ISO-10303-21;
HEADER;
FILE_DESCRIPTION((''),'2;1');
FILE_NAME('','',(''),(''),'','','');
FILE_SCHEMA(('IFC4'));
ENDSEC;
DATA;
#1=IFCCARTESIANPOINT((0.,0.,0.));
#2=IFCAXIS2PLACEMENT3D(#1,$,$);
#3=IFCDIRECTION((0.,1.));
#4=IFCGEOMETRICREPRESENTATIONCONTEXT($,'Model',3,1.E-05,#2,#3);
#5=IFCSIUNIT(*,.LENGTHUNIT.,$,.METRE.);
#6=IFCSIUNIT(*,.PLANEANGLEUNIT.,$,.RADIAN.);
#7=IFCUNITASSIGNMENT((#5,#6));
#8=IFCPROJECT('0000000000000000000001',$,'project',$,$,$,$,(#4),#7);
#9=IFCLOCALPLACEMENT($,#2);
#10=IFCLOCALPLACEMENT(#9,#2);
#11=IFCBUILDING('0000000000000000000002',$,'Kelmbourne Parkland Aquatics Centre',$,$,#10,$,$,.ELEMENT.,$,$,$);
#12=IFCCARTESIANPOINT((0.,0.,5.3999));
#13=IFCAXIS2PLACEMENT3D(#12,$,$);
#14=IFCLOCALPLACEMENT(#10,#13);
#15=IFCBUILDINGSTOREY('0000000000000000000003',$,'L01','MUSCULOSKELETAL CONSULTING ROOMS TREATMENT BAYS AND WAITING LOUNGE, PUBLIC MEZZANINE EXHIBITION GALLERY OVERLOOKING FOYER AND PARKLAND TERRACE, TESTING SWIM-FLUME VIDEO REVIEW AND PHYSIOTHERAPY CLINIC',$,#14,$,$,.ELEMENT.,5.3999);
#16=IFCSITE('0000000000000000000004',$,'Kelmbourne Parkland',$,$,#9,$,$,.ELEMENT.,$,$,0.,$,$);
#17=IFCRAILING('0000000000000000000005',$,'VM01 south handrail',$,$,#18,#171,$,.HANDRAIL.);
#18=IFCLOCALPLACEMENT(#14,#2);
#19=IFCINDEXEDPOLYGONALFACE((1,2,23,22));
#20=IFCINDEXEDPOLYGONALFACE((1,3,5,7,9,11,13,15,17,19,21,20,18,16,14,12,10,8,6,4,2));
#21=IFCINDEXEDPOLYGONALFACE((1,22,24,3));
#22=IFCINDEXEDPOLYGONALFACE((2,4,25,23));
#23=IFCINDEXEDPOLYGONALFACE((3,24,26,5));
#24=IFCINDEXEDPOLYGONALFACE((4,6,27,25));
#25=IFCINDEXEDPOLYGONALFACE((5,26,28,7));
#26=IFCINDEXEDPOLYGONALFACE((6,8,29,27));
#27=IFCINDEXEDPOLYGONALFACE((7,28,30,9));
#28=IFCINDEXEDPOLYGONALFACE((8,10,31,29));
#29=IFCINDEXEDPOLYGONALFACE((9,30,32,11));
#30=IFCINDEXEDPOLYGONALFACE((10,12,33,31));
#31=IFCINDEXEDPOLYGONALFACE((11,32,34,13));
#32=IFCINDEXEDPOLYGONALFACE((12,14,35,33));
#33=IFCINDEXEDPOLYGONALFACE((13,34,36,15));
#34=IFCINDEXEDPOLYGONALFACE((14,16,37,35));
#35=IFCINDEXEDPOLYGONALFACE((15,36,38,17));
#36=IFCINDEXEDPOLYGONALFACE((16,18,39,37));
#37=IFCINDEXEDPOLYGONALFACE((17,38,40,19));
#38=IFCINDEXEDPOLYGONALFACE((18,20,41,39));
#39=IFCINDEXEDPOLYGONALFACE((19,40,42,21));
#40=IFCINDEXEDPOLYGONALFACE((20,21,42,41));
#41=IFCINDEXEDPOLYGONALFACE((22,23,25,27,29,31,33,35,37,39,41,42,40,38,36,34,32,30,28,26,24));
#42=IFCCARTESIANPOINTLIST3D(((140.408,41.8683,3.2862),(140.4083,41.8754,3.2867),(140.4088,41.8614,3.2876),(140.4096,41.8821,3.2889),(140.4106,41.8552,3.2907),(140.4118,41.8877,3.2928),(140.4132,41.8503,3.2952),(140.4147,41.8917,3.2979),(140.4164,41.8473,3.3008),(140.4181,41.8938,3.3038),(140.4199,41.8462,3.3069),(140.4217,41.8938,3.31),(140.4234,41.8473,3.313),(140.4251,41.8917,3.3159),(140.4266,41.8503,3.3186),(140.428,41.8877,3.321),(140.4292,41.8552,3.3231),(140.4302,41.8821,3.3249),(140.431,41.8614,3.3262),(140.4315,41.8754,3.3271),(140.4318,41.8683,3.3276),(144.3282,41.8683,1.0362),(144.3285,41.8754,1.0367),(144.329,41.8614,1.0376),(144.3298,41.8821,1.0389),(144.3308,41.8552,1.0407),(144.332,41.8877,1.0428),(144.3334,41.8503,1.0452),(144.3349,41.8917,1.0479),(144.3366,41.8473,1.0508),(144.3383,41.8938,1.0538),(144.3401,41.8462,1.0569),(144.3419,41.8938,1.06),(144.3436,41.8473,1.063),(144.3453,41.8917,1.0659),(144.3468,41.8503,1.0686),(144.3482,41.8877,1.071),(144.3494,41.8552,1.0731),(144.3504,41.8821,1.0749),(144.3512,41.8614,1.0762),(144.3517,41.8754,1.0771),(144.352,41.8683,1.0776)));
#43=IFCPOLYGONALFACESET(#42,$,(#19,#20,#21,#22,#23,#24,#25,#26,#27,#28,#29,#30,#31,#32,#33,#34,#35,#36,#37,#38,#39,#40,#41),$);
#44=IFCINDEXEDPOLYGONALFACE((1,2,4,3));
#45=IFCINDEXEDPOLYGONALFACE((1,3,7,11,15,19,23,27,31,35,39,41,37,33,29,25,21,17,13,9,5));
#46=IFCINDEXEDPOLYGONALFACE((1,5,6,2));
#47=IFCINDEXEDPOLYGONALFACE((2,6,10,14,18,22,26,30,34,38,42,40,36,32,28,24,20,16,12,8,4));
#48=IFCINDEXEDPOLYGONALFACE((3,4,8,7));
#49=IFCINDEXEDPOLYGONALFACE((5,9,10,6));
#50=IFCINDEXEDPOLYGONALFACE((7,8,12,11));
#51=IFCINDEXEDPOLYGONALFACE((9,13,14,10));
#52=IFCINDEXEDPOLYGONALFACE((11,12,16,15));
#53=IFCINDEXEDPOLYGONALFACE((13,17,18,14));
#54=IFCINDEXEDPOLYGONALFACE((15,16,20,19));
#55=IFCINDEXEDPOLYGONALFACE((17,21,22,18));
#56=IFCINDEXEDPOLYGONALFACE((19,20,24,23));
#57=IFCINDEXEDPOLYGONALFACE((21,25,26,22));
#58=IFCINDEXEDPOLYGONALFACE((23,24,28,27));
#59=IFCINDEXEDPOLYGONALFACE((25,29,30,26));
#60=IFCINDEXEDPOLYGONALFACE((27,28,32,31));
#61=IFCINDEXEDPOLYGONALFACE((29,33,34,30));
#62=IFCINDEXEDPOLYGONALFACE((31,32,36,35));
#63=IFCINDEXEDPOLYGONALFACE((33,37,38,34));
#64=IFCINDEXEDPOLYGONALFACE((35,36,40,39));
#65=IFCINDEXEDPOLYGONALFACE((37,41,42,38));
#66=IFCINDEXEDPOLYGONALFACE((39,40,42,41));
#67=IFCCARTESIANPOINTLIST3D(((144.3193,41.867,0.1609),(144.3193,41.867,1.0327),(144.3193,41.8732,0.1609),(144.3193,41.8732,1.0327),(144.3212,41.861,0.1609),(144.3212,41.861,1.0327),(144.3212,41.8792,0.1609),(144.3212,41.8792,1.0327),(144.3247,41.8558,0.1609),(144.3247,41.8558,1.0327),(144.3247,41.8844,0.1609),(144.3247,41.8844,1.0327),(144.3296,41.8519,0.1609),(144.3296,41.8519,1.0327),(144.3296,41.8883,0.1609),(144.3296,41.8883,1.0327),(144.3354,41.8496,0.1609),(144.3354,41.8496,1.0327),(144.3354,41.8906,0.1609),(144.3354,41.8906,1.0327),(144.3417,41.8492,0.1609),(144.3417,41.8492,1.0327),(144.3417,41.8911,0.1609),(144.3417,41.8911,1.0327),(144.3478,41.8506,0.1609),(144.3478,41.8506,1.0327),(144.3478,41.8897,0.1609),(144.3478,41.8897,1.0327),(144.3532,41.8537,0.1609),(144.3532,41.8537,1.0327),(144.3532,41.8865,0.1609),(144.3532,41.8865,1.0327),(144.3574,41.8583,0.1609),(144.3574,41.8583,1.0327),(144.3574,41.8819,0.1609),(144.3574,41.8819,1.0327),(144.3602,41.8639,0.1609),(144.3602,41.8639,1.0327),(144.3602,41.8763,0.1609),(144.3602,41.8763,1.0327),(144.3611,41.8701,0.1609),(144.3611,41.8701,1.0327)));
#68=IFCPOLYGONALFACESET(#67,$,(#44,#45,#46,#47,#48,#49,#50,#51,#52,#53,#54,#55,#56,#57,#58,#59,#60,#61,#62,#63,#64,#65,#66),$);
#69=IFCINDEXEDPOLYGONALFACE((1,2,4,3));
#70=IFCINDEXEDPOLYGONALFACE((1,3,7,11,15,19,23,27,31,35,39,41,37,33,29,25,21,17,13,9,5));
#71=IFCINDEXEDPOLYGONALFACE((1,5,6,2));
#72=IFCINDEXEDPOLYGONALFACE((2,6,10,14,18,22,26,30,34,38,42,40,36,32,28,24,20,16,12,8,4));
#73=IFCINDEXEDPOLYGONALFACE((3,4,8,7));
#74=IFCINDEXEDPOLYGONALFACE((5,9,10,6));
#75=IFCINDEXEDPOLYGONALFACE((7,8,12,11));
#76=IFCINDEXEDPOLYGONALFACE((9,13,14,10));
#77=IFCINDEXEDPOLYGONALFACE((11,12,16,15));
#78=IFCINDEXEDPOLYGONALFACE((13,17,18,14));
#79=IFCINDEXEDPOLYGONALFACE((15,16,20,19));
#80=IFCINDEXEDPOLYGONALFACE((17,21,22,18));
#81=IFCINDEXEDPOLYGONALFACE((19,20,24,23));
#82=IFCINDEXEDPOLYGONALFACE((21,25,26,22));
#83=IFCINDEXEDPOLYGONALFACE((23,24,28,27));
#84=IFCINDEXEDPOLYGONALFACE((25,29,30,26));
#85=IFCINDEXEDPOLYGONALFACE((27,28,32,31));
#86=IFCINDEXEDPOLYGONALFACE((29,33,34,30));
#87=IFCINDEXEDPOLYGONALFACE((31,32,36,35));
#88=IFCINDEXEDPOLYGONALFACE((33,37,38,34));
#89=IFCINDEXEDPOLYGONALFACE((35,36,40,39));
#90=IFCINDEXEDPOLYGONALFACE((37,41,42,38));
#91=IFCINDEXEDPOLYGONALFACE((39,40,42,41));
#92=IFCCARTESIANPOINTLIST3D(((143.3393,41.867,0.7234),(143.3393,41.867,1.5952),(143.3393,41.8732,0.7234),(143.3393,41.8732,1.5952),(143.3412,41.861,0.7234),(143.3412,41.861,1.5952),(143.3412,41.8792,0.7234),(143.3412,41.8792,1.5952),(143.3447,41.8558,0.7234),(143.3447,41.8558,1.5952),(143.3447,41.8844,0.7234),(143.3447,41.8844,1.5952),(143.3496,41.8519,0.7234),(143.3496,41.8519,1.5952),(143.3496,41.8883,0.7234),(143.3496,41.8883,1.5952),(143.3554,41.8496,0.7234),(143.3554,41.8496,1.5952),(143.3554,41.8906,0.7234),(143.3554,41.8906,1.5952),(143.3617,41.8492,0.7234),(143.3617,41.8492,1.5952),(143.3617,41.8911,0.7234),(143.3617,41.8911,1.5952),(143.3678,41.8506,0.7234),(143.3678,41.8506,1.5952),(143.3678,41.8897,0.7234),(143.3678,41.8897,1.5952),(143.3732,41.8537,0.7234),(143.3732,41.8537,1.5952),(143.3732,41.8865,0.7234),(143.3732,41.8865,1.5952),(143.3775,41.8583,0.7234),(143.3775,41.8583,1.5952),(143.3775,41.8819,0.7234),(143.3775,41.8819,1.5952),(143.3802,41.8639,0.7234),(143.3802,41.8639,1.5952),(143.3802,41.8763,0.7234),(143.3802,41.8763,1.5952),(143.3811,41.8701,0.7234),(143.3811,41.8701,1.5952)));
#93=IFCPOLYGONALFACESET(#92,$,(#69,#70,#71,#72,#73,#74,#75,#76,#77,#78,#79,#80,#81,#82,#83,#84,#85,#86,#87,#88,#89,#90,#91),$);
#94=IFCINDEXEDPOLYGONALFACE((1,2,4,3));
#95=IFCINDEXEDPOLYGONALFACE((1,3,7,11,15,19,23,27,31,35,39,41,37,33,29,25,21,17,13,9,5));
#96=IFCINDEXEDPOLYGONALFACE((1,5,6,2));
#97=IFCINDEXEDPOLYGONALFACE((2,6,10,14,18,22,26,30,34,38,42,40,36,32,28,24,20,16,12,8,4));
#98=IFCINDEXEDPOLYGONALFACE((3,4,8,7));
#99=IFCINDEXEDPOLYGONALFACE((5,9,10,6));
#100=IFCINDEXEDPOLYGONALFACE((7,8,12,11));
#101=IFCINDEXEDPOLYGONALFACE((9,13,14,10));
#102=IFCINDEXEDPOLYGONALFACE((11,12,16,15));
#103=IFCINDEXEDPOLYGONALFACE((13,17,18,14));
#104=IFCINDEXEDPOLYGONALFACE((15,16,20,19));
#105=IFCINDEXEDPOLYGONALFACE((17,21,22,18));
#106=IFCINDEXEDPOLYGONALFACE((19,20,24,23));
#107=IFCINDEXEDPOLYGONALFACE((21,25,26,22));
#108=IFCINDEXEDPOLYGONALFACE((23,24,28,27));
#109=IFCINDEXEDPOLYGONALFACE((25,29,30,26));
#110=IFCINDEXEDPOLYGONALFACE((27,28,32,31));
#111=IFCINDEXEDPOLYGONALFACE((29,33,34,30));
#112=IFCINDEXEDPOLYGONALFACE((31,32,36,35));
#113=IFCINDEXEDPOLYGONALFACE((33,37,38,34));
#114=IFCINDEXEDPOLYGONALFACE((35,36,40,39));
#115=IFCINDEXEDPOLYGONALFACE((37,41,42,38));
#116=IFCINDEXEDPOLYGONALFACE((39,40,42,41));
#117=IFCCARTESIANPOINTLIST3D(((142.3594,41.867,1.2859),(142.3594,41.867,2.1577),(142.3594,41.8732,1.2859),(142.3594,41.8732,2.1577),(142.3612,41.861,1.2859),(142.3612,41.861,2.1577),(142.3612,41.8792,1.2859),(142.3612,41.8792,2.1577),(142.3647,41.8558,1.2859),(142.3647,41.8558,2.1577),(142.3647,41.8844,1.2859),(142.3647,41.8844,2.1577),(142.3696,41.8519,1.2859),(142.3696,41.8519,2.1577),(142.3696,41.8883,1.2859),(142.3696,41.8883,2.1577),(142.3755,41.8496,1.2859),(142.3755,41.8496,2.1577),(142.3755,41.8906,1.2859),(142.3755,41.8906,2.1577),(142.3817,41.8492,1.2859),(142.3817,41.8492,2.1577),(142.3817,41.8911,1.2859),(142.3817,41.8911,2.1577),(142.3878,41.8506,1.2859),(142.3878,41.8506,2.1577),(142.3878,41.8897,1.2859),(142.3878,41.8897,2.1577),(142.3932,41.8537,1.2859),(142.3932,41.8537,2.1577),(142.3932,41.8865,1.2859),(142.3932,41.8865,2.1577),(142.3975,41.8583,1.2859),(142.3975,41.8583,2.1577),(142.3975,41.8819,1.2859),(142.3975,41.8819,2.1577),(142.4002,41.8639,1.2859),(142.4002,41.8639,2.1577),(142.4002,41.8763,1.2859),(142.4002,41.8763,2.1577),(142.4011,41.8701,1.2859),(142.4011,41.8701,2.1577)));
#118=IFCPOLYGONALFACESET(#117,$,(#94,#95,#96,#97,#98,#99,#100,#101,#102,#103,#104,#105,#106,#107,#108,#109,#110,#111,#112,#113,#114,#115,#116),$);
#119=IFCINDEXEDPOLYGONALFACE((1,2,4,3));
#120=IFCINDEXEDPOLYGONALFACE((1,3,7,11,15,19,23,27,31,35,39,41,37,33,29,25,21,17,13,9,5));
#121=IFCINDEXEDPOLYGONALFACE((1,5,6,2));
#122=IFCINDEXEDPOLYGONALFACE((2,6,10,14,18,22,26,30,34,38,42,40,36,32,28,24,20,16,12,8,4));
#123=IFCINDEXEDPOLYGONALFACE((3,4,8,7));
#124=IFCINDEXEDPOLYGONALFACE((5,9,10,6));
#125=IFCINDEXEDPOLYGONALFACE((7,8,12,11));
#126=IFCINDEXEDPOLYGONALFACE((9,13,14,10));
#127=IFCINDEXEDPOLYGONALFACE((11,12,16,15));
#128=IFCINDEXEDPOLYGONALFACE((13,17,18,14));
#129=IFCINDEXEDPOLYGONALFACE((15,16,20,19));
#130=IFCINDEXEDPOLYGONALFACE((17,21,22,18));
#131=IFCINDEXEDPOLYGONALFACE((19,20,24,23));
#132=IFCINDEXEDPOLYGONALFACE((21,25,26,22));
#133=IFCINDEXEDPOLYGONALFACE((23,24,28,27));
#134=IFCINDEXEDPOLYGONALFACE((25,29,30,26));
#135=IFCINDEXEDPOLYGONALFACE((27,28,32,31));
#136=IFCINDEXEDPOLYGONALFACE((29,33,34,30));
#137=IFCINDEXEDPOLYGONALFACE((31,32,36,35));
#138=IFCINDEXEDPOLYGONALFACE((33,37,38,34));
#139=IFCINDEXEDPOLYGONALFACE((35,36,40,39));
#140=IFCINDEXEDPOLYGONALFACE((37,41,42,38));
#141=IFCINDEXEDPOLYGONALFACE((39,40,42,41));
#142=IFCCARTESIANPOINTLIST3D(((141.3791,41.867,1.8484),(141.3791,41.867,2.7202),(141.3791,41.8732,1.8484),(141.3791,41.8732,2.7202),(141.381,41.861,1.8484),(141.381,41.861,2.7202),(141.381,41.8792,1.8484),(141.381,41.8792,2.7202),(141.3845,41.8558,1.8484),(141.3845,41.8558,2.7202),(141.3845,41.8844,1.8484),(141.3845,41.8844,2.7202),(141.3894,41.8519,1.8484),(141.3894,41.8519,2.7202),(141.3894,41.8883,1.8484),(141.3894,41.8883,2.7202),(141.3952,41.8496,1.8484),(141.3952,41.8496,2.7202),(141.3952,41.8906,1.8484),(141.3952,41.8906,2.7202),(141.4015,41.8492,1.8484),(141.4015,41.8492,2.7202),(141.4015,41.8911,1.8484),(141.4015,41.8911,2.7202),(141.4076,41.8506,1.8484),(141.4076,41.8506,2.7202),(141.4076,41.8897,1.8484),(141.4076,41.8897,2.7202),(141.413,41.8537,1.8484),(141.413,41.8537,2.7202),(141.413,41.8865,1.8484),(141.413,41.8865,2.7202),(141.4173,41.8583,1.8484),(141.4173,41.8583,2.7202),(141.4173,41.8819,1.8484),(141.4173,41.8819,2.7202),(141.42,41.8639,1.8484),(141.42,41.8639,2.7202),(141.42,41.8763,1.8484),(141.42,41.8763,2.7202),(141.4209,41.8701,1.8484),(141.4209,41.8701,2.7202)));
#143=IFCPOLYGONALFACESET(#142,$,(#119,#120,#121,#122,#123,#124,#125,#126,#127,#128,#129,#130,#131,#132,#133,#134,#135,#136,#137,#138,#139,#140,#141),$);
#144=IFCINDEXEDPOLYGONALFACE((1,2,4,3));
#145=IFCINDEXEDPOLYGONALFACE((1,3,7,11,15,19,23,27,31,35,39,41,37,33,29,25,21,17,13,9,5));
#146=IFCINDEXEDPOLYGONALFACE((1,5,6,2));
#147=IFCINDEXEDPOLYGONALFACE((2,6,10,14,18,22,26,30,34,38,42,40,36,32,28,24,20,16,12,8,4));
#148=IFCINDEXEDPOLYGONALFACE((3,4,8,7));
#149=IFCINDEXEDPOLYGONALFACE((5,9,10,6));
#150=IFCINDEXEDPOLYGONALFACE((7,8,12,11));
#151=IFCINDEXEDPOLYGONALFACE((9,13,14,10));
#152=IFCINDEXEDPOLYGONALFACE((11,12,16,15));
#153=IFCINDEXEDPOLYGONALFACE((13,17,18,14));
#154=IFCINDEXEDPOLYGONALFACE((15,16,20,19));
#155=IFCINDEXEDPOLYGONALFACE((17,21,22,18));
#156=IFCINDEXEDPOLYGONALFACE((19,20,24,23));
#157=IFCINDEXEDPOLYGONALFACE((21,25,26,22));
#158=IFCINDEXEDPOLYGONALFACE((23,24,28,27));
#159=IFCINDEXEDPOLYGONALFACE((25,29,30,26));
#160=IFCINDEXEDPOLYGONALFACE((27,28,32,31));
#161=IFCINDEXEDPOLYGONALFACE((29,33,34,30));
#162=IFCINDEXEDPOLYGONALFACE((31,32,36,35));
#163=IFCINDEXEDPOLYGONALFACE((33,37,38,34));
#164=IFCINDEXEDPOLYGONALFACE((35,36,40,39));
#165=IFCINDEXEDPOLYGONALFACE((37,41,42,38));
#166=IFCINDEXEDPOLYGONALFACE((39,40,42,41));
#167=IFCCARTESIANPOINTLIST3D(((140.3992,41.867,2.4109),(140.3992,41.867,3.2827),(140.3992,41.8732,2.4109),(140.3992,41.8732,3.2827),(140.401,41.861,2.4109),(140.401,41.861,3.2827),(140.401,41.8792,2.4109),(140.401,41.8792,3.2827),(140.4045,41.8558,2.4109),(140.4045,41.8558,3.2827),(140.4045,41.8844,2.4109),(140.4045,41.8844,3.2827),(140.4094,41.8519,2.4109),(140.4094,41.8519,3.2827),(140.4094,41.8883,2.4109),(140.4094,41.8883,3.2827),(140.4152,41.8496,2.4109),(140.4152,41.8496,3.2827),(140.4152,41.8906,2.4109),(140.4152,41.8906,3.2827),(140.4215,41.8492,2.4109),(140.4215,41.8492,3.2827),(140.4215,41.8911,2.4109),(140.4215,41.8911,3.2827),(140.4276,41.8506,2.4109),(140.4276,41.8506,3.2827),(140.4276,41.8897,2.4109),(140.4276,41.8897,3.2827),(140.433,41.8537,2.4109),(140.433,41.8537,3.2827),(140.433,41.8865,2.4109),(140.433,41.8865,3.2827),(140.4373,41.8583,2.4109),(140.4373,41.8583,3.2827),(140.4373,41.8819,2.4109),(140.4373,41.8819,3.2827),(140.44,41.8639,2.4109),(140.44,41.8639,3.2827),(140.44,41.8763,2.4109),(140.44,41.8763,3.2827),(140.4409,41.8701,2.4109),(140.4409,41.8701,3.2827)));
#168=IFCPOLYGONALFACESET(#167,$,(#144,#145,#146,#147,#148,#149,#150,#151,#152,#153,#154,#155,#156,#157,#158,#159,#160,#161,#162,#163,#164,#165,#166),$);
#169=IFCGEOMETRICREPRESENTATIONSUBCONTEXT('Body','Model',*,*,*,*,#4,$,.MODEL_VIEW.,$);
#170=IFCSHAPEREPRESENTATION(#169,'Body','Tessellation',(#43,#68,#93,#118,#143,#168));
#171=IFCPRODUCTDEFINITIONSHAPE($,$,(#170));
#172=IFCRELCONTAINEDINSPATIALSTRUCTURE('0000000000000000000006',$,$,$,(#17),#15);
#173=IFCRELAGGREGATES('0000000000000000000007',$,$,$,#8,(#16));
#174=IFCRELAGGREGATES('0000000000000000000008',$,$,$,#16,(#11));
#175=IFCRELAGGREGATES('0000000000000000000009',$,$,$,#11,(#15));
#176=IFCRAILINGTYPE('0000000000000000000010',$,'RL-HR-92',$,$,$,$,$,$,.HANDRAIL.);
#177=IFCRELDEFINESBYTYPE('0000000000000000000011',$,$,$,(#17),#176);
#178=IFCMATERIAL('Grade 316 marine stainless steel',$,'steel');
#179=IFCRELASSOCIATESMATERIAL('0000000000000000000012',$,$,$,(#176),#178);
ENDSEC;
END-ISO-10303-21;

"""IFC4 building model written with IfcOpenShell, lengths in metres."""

from ifc_helpers import new_model, si_unit, direction, frame, origin, origin_2d, place, context, subcontext, project, spatial, circle, extrude, material, type_object, element, save


model = new_model("IFC4")

# Units and contexts
model_context = context("Model", 3, precision=1e-05, world=origin(), true_north=direction((0.0, 1.0)))
body_context = subcontext(model_context, "Body", "Model", "MODEL_VIEW")
ifc_project = project(units=[si_unit("LENGTHUNIT", "METRE"), si_unit("PLANEANGLEUNIT", "RADIAN")], contexts=[model_context])

# Site, building, storey
site_placement = place(None, origin())
site = spatial("IfcSite", under=ifc_project, at=site_placement, Name="Kelmbourne Parkland", CompositionType="ELEMENT", RefElevation=0.0)
building_placement = place(site_placement, origin())
building = spatial("IfcBuilding", under=site, at=building_placement, Name="Kelmbourne Parkland Aquatics Centre", CompositionType="ELEMENT")
storey_placement = place(building_placement, frame((0.0, 0.0, 5.3999)))
storey = spatial("IfcBuildingStorey", under=building, at=storey_placement, Name="L01", Description="MUSCULOSKELETAL CONSULTING ROOMS TREATMENT BAYS AND WAITING LOUNGE, PUBLIC MEZZANINE EXHIBITION GALLERY OVERLOOKING FOYER AND PARKLAND TERRACE, TESTING SWIM-FLUME VIDEO REVIEW AND PHYSIOTHERAPY CLINIC", CompositionType="ELEMENT", Elevation=5.3999)

# Railing
ifc_material_1 = material(Name="Grade 316 marine stainless steel", Category="steel")
railing_type_1 = type_object("IfcRailingType", Name="RL-HR-92", PredefinedType="HANDRAIL", material=ifc_material_1)
for number, where, name in (
    (1, (144.3401, 41.8701, 0.1609), "VM01 south handrail"),
):
    element("IfcRailing", number, at=place(storey_placement, frame(where)), inside=storey, type_object=railing_type_1, Name=name, PredefinedType="HANDRAIL", context=body_context, shape_type="SweptSolid", body=[
        extrude(circle(Radius=0.0239, at=origin_2d()), frame((0.0, 0.0, 0.896), z_axis=(-0.867298, 0.0, 0.49779), x_axis=(0.0, -1.0, 0.0)), (0.0, 0.0, 1.0), 4.52),
        extrude(circle(Radius=0.021, at=origin_2d()), origin(), (0.0, 0.0, 1.0), 0.8718),
        extrude(circle(Radius=0.021, at=origin_2d()), frame((-0.98, 0.0, 0.5625)), (0.0, 0.0, 1.0), 0.8718),
        extrude(circle(Radius=0.021, at=origin_2d()), frame((-1.96, 0.0, 1.125)), (0.0, 0.0, 1.0), 0.8718),
        extrude(circle(Radius=0.021, at=origin_2d()), frame((-2.9402, 0.0, 1.6875)), (0.0, 0.0, 1.0), 0.8718),
        extrude(circle(Radius=0.021, at=origin_2d()), frame((-3.9202, 0.0, 2.25)), (0.0, 0.0, 1.0), 0.8718),
    ])

save(model, "model.ifc")
